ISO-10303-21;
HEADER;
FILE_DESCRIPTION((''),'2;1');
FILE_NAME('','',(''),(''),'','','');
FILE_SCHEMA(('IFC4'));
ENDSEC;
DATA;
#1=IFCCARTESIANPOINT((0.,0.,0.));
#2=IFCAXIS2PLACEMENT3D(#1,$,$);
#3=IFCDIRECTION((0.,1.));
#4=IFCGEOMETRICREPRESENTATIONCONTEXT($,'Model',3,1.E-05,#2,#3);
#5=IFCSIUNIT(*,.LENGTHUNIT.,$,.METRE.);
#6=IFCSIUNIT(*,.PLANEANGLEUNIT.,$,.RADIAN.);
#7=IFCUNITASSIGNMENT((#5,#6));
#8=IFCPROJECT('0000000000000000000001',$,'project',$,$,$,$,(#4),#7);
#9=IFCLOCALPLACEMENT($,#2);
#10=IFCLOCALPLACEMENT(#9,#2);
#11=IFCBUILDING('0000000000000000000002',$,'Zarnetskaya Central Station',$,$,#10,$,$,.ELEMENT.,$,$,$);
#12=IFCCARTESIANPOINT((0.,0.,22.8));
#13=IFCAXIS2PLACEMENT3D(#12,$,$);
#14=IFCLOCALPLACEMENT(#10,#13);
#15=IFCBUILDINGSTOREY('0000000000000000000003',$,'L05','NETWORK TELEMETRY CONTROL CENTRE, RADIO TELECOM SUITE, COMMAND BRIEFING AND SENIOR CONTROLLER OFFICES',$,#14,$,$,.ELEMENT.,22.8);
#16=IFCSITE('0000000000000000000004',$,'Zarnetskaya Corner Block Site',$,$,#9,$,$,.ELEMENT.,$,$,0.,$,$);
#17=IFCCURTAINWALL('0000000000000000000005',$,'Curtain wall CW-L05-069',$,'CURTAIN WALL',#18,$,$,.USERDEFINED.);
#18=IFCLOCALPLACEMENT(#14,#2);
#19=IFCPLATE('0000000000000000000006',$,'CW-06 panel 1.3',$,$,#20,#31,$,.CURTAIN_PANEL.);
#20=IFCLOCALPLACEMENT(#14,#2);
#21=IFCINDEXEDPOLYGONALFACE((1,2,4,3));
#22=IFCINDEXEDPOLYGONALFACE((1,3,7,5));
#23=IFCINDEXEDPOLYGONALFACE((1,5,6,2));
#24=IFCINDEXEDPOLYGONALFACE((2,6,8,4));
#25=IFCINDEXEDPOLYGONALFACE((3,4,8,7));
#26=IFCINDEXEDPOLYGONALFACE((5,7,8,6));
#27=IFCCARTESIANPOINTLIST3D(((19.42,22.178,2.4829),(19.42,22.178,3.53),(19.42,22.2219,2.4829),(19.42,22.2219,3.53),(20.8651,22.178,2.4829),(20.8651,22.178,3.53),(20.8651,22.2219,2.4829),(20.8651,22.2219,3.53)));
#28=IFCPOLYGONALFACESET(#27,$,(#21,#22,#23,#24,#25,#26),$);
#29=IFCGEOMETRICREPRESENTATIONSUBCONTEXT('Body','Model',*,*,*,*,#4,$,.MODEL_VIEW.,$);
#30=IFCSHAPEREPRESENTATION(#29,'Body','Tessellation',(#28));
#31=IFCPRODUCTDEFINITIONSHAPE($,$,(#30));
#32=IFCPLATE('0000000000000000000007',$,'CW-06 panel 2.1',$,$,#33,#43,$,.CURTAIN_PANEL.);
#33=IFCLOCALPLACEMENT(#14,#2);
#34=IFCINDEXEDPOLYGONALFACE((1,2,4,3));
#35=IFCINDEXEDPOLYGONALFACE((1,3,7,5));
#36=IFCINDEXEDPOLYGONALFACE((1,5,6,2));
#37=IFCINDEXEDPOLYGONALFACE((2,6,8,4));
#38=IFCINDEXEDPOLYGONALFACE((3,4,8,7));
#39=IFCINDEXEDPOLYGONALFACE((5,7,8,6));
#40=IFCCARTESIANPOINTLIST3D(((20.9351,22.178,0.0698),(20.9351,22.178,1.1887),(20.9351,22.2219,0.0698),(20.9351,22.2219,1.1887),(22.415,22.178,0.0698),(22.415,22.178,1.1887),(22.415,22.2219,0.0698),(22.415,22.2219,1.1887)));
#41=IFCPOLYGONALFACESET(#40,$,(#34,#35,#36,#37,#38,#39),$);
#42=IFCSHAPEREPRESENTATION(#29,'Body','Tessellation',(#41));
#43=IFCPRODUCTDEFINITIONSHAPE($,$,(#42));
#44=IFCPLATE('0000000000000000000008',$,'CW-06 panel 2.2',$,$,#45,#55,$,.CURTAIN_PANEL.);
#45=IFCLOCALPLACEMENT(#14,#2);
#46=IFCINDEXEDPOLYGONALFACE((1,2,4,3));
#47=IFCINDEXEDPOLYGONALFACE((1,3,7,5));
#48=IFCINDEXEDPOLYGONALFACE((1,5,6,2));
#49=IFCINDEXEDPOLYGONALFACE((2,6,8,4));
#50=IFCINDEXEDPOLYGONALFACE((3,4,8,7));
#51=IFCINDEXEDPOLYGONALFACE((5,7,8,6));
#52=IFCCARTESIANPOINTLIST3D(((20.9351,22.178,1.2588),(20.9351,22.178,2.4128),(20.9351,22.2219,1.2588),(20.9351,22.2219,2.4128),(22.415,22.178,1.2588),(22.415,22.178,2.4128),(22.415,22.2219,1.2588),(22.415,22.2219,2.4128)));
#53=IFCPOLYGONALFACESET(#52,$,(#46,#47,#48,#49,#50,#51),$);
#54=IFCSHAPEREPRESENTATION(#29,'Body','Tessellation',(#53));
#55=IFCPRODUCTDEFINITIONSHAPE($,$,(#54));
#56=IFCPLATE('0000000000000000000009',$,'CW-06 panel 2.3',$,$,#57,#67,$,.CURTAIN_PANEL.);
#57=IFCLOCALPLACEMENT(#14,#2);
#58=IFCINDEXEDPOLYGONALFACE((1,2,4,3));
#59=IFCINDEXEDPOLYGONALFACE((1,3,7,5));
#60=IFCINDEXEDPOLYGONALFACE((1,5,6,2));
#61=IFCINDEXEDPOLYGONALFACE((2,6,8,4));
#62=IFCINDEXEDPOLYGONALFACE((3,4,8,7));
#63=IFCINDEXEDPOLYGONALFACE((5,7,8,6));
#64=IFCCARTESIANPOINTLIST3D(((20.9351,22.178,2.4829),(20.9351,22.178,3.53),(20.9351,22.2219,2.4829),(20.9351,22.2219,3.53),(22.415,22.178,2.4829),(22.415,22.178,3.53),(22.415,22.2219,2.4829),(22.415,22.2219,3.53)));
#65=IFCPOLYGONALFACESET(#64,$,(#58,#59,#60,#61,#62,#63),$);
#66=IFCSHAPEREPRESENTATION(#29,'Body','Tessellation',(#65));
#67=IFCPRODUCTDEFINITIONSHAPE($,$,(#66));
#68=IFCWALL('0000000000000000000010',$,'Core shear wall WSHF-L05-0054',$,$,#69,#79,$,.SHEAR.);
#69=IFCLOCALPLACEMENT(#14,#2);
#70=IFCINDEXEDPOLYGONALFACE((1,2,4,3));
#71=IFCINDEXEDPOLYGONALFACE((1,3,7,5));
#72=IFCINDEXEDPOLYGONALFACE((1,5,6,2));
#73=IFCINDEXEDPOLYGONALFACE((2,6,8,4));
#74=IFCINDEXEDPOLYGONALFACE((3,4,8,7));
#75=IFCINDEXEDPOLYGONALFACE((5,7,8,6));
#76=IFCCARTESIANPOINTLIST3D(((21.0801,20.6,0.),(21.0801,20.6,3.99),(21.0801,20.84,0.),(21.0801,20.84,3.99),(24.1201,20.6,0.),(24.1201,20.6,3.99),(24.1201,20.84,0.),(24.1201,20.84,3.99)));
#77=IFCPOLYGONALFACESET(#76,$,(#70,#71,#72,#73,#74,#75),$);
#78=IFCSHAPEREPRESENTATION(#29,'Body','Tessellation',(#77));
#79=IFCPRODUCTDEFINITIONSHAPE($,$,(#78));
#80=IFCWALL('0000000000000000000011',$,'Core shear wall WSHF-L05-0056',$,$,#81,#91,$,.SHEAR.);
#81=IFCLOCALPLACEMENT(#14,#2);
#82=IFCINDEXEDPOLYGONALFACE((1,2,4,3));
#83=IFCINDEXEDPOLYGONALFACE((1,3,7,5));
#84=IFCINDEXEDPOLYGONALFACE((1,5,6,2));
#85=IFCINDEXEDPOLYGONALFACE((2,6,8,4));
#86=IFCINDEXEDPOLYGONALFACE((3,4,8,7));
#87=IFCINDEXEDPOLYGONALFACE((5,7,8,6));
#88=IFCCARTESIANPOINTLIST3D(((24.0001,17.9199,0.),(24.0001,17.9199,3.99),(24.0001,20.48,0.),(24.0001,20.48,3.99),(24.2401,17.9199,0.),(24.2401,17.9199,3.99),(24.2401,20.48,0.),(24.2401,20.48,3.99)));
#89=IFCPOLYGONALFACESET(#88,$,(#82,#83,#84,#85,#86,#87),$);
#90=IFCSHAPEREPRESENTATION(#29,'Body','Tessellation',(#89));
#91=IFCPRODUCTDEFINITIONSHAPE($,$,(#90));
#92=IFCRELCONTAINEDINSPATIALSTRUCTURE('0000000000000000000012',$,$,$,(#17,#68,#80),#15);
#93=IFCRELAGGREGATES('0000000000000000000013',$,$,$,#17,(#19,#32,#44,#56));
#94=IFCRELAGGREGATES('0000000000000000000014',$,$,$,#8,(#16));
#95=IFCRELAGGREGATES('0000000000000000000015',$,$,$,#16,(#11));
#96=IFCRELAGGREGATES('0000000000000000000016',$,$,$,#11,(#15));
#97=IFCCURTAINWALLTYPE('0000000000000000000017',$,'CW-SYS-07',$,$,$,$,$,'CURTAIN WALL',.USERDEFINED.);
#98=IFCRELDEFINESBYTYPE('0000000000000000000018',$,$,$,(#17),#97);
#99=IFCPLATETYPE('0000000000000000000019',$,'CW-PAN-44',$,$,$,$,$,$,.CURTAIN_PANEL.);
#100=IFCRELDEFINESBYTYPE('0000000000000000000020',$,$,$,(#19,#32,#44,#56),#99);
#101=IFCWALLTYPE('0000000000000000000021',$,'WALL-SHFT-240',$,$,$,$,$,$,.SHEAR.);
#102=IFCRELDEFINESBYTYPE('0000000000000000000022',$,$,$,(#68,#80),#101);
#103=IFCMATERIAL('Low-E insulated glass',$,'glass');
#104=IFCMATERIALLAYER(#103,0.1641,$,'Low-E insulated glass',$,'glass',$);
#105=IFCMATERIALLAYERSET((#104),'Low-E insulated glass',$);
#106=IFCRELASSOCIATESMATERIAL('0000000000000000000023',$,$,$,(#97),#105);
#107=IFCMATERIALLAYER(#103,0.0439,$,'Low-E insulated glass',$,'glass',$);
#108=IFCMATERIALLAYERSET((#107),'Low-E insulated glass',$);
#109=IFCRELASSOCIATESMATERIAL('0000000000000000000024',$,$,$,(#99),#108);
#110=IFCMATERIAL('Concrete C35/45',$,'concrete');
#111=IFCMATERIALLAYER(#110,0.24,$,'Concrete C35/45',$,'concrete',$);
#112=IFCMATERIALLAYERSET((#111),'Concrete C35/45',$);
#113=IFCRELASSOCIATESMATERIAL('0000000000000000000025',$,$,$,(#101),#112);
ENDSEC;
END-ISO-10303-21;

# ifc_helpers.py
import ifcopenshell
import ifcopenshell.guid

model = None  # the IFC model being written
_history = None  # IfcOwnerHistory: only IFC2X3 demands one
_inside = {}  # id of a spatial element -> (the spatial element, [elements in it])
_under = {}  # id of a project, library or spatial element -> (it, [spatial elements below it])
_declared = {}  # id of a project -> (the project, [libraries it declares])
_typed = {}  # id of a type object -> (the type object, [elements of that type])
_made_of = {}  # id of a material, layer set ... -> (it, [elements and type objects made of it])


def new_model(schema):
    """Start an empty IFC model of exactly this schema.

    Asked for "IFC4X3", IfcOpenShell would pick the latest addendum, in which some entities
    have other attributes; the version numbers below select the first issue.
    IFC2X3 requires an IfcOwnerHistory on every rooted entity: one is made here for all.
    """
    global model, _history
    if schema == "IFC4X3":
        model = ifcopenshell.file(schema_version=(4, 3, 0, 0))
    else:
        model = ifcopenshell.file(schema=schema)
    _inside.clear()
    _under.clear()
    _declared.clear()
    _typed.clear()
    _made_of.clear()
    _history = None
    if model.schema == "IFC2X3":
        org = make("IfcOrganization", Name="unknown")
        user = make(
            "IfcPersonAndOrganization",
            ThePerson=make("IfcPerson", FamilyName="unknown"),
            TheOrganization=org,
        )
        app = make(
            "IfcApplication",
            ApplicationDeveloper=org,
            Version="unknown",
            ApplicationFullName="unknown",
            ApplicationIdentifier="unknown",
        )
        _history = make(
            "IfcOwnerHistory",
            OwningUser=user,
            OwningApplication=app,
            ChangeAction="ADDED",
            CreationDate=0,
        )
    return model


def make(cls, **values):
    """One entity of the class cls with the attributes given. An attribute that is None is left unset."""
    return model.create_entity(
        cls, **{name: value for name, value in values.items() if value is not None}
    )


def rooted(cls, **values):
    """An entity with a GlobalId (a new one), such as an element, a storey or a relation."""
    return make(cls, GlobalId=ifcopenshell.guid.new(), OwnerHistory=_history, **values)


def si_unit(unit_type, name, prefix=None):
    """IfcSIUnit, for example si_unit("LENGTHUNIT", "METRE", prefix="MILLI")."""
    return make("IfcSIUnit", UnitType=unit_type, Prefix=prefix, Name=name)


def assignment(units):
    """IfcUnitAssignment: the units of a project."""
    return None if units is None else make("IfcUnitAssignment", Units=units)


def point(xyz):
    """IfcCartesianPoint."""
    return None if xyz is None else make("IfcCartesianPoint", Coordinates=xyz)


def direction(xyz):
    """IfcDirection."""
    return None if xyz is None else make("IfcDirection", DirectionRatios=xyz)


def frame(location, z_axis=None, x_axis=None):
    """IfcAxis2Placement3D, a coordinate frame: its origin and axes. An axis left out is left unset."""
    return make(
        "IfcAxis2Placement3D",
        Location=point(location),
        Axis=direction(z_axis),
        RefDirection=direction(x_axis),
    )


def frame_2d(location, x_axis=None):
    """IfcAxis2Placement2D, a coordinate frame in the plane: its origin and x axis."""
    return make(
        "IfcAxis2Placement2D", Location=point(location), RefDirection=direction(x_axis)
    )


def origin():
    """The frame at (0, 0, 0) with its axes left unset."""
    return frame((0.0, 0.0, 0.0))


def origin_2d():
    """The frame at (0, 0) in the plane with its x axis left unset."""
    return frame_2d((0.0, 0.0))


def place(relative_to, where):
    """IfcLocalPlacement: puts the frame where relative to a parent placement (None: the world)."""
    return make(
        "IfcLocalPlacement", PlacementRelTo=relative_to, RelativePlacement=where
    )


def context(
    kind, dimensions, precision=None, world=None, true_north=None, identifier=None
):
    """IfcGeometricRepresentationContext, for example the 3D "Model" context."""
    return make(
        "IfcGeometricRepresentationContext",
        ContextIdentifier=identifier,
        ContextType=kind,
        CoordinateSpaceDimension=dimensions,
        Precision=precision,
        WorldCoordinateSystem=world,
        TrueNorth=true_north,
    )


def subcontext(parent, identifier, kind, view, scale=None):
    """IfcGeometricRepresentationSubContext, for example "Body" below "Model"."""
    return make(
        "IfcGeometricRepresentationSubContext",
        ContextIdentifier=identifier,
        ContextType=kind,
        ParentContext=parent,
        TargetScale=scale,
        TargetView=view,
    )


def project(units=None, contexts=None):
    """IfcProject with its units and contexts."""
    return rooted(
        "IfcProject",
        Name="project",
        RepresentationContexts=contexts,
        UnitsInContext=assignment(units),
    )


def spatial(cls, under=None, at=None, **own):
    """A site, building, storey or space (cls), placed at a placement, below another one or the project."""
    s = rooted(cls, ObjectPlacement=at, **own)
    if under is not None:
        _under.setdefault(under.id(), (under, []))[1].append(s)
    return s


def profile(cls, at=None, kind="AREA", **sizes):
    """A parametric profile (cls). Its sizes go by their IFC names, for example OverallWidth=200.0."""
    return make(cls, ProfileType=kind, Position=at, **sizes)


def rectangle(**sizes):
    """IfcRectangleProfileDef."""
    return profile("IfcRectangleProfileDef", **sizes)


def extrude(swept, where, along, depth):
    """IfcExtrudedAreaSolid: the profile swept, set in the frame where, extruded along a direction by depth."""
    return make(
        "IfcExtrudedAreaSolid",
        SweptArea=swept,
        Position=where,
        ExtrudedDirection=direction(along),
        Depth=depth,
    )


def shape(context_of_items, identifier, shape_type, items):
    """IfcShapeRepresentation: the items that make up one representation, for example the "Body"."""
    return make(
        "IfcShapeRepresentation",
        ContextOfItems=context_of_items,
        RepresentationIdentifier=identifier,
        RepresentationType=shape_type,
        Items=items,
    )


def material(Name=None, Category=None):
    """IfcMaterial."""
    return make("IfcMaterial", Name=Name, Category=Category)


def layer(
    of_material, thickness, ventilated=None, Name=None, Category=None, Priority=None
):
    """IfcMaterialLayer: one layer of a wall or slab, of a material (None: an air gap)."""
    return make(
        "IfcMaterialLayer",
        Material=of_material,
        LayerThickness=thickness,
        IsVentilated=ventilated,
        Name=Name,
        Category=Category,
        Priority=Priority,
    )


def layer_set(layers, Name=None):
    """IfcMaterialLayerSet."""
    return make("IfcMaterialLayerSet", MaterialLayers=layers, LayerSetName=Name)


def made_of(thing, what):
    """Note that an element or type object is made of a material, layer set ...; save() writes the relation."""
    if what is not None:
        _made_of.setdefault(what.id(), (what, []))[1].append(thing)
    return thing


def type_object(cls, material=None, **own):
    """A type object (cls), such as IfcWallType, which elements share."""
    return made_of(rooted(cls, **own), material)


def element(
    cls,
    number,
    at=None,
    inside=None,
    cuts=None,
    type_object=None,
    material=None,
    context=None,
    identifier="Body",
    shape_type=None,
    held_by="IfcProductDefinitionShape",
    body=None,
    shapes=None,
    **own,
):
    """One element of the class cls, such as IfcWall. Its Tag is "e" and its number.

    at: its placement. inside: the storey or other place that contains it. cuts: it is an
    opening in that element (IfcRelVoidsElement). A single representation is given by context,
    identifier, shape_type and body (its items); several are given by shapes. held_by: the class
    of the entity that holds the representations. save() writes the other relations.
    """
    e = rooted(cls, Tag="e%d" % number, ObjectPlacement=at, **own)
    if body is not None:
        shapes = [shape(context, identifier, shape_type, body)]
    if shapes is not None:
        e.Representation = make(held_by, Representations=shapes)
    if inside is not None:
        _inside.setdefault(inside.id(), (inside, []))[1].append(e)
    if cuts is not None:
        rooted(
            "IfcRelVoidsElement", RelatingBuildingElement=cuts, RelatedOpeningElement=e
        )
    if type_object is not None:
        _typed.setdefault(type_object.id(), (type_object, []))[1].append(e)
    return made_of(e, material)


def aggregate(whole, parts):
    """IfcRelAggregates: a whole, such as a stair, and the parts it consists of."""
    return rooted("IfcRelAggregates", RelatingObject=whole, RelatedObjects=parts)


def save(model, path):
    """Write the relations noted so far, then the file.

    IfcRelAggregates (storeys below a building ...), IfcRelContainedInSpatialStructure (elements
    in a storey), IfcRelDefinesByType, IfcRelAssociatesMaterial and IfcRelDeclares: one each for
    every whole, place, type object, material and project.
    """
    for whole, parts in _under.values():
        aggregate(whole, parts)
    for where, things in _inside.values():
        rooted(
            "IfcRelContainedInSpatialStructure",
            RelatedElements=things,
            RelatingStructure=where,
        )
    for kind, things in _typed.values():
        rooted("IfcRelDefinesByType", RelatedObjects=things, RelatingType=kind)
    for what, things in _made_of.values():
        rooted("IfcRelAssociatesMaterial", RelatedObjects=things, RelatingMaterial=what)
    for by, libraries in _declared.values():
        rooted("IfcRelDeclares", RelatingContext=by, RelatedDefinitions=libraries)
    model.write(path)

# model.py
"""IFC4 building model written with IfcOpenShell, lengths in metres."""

from ifc_helpers import new_model, si_unit, direction, frame, frame_2d, origin, origin_2d, place, context, subcontext, project, spatial, rectangle, extrude, material, layer, layer_set, type_object, element, aggregate, save


model = new_model("IFC4")

# Units and contexts
model_context = context("Model", 3, precision=1e-05, world=origin(), true_north=direction((0.0, 1.0)))
body_context = subcontext(model_context, "Body", "Model", "MODEL_VIEW")
ifc_project = project(units=[si_unit("LENGTHUNIT", "METRE"), si_unit("PLANEANGLEUNIT", "RADIAN")], contexts=[model_context])

# Site, building, storey
site_placement = place(None, origin())
site = spatial("IfcSite", under=ifc_project, at=site_placement, Name="Zarnetskaya Corner Block Site", CompositionType="ELEMENT", RefElevation=0.0)
building_placement = place(site_placement, origin())
building = spatial("IfcBuilding", under=site, at=building_placement, Name="Zarnetskaya Central Station", CompositionType="ELEMENT")
storey_placement = place(building_placement, frame((0.0, 0.0, 22.8)))
storey = spatial("IfcBuildingStorey", under=building, at=storey_placement, Name="L05", Description="NETWORK TELEMETRY CONTROL CENTRE, RADIO TELECOM SUITE, COMMAND BRIEFING AND SENIOR CONTROLLER OFFICES", CompositionType="ELEMENT", Elevation=22.8)

# Curtain wall, plates
ifc_material_1 = material(Name="Low-E insulated glass", Category="glass")
ifc_layer_1 = layer(ifc_material_1, 0.1641, Name="Low-E insulated glass", Category="glass")
ifc_layer_set_1 = layer_set([ifc_layer_1], Name="Low-E insulated glass")
curtain_wall_type = type_object("IfcCurtainWallType", Name="CW-SYS-07", ElementType="CURTAIN WALL", PredefinedType="USERDEFINED", material=ifc_layer_set_1)
curtain_wall_placement = place(storey_placement, origin())
curtain_wall = element("IfcCurtainWall", 1, at=curtain_wall_placement, inside=storey, type_object=curtain_wall_type, Name="Curtain wall CW-L05-069", ObjectType="CURTAIN WALL", PredefinedType="USERDEFINED")
ifc_layer_2 = layer(ifc_material_1, 0.0439, Name="Low-E insulated glass", Category="glass")
ifc_layer_set_2 = layer_set([ifc_layer_2], Name="Low-E insulated glass")
plate_type = type_object("IfcPlateType", Name="CW-PAN-44", PredefinedType="CURTAIN_PANEL", material=ifc_layer_set_2)
plate_1_placement = place(storey_placement, frame((20.1426, 22.2, 2.4829), z_axis=(0.0, 0.0, 1.0), x_axis=(1.0, 0.0, 0.0)))
plate_1 = element("IfcPlate", 2, at=plate_1_placement, type_object=plate_type, Name="CW-06 panel 1.3", PredefinedType="CURTAIN_PANEL", context=body_context, shape_type="SweptSolid", body=[
    extrude(rectangle(XDim=1.4451, YDim=0.0439, at=origin_2d()), origin(), (0.0, 0.0, 1.0), 1.0471),
])
plate_2_placement = place(storey_placement, frame((21.675, 22.2, 0.0698), z_axis=(0.0, 0.0, 1.0), x_axis=(1.0, 0.0, 0.0)))
plate_2 = element("IfcPlate", 3, at=plate_2_placement, type_object=plate_type, Name="CW-06 panel 2.1", PredefinedType="CURTAIN_PANEL", context=body_context, shape_type="SweptSolid", body=[
    extrude(rectangle(XDim=1.48, YDim=0.0439, at=origin_2d()), origin(), (0.0, 0.0, 1.0), 1.1189),
])
plate_3_placement = place(storey_placement, frame((21.675, 22.2, 1.2588), z_axis=(0.0, 0.0, 1.0), x_axis=(1.0, 0.0, 0.0)))
plate_3 = element("IfcPlate", 4, at=plate_3_placement, type_object=plate_type, Name="CW-06 panel 2.2", PredefinedType="CURTAIN_PANEL", context=body_context, shape_type="SweptSolid", body=[
    extrude(rectangle(XDim=1.48, YDim=0.0439, at=origin_2d()), origin(), (0.0, 0.0, 1.0), 1.1541),
])
plate_4_placement = place(storey_placement, frame((21.675, 22.2, 2.4829), z_axis=(0.0, 0.0, 1.0), x_axis=(1.0, 0.0, 0.0)))
plate_4 = element("IfcPlate", 5, at=plate_4_placement, type_object=plate_type, Name="CW-06 panel 2.3", PredefinedType="CURTAIN_PANEL", context=body_context, shape_type="SweptSolid", body=[
    extrude(rectangle(XDim=1.48, YDim=0.0439, at=origin_2d()), origin(), (0.0, 0.0, 1.0), 1.0471),
])
aggregate(curtain_wall, [plate_1, plate_2, plate_3, plate_4])

# Walls
ifc_material_2 = material(Name="Concrete C35/45", Category="concrete")
ifc_layer_3 = layer(ifc_material_2, 0.24, Name="Concrete C35/45", Category="concrete")
ifc_layer_set_3 = layer_set([ifc_layer_3], Name="Concrete C35/45")
wall_type = type_object("IfcWallType", Name="WALL-SHFT-240", PredefinedType="SHEAR", material=ifc_layer_set_3)
wall_1_placement = place(storey_placement, frame((21.0801, 20.72, 0.0), z_axis=(0.0, 0.0, 1.0), x_axis=(1.0, 0.0, 0.0)))
element("IfcWall", 6, at=wall_1_placement, inside=storey, type_object=wall_type, Name="Core shear wall WSHF-L05-0054", PredefinedType="SHEAR", context=body_context, shape_type="SweptSolid", body=[
    extrude(rectangle(XDim=3.04, YDim=0.24, at=frame_2d((1.52, 0.0))), origin(), (0.0, 0.0, 1.0), 3.99),
])
wall_2_placement = place(storey_placement, frame((24.1201, 20.48, 0.0), z_axis=(0.0, 0.0, 1.0), x_axis=(0.0, -1.0, 0.0)))
element("IfcWall", 7, at=wall_2_placement, inside=storey, type_object=wall_type, Name="Core shear wall WSHF-L05-0056", PredefinedType="SHEAR", context=body_context, shape_type="SweptSolid", body=[
    extrude(rectangle(XDim=2.5601, YDim=0.24, at=frame_2d((1.28, 0.0))), origin(), (0.0, 0.0, 1.0), 3.99),
])

save(model, "model.ifc")
